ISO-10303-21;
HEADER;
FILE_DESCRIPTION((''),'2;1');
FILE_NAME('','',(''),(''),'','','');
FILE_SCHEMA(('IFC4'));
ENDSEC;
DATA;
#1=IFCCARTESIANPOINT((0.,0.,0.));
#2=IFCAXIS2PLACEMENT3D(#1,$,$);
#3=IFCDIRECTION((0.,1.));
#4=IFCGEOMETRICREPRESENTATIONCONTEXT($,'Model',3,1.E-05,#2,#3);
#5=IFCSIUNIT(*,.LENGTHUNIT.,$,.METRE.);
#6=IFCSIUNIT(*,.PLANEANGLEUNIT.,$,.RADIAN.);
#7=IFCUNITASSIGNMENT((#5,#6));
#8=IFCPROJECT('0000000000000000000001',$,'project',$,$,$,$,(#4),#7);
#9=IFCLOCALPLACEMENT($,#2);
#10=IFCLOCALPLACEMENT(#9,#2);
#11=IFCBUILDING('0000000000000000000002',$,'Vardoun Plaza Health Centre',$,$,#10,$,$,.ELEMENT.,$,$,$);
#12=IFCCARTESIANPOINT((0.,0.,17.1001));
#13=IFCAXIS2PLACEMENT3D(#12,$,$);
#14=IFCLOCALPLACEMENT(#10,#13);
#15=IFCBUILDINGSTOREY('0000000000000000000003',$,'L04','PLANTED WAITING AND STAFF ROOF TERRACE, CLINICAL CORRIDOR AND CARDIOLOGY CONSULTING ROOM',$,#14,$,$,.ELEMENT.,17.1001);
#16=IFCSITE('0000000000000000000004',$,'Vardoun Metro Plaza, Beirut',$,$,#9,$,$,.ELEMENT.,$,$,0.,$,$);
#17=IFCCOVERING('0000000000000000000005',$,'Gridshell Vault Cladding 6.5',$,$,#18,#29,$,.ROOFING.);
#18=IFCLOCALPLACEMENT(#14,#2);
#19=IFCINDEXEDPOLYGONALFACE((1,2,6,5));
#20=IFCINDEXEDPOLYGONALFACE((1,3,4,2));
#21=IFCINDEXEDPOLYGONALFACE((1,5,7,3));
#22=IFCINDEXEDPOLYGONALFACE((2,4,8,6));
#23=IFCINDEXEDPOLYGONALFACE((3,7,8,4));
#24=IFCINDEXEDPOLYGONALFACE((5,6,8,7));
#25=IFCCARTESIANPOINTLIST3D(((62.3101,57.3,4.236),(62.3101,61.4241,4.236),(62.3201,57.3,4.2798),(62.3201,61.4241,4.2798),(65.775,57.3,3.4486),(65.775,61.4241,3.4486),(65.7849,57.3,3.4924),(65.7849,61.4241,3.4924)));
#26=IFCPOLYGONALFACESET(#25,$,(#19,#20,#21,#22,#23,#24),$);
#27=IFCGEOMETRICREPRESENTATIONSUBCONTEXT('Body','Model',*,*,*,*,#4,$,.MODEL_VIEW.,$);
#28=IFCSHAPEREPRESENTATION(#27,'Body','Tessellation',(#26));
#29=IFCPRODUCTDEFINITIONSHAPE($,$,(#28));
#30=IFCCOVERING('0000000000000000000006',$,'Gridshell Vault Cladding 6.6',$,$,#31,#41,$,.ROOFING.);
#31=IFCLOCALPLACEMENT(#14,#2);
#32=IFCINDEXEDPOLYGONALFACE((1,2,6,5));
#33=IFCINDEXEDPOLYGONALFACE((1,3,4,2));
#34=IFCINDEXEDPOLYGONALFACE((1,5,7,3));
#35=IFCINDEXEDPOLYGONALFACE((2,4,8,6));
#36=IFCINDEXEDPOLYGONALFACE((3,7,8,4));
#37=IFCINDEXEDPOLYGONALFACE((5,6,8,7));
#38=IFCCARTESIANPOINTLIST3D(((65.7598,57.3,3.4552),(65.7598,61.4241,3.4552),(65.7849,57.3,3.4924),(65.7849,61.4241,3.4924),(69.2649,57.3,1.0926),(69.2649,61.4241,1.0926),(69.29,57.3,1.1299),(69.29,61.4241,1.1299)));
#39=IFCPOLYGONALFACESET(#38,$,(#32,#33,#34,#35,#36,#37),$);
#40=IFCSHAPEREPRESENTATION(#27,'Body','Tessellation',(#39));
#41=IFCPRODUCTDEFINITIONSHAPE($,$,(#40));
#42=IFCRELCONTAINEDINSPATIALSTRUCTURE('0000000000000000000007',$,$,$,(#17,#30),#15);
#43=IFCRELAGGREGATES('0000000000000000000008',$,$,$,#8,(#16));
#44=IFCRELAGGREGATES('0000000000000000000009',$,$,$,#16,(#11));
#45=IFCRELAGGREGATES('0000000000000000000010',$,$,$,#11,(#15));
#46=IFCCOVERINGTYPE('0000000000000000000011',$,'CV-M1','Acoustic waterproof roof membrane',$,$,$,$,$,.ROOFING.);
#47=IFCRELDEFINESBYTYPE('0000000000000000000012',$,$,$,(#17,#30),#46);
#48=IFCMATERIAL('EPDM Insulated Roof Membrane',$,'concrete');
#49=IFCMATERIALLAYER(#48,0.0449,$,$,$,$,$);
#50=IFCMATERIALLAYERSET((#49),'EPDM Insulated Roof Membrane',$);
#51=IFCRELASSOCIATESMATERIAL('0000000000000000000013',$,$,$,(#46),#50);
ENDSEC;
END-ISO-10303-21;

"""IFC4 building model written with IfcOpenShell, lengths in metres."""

from ifc_helpers import new_model, si_unit, direction, frame, origin, place, context, subcontext, project, spatial, polyline, outline, extrude, material, layer, layer_set, type_object, element, save


model = new_model("IFC4")

# Units and contexts
model_context = context("Model", 3, precision=1e-05, world=origin(), true_north=direction((0.0, 1.0)))
body_context = subcontext(model_context, "Body", "Model", "MODEL_VIEW")
ifc_project = project(units=[si_unit("LENGTHUNIT", "METRE"), si_unit("PLANEANGLEUNIT", "RADIAN")], contexts=[model_context])

# Site, building, storey
site_placement = place(None, origin())
site = spatial("IfcSite", under=ifc_project, at=site_placement, Name="Vardoun Metro Plaza, Beirut", CompositionType="ELEMENT", RefElevation=0.0)
building_placement = place(site_placement, origin())
building = spatial("IfcBuilding", under=site, at=building_placement, Name="Vardoun Plaza Health Centre", CompositionType="ELEMENT")
storey_placement = place(building_placement, frame((0.0, 0.0, 17.1001)))
storey = spatial("IfcBuildingStorey", under=building, at=storey_placement, Name="L04", Description="PLANTED WAITING AND STAFF ROOF TERRACE, CLINICAL CORRIDOR AND CARDIOLOGY CONSULTING ROOM", CompositionType="ELEMENT", Elevation=17.1001)

# Coverings
ifc_material_1 = material(Name="EPDM Insulated Roof Membrane", Category="concrete")
ifc_layer_1 = layer(ifc_material_1, 0.0449)
ifc_layer_set_1 = layer_set([ifc_layer_1], Name="EPDM Insulated Roof Membrane")
covering_type = type_object("IfcCoveringType", Name="CV-M1", Description="Acoustic waterproof roof membrane", PredefinedType="ROOFING", material=ifc_layer_set_1)
covering_1_placement = place(storey_placement, frame((62.3201, 57.3, 4.2798), z_axis=(0.221591, 0.0, 0.97514), x_axis=(0.97514, 0.0, -0.221591)))
element("IfcCovering", 1, at=covering_1_placement, inside=storey, type_object=covering_type, Name="Gridshell Vault Cladding 6.5", PredefinedType="ROOFING", context=body_context, shape_type="SweptSolid", body=[
    extrude(outline(polyline([(0.0, 0.0), (3.5532, 0.0), (3.5532, 4.124), (0.0, 4.124), (0.0, 0.0)])), origin(), (0.0, 0.0, -1.0), 0.0449),
])
covering_2_placement = place(storey_placement, frame((65.7849, 57.3, 3.4924), z_axis=(0.558918, 0.0, 0.829223), x_axis=(0.829223, 0.0, -0.558918)))
element("IfcCovering", 2, at=covering_2_placement, inside=storey, type_object=covering_type, Name="Gridshell Vault Cladding 6.6", PredefinedType="ROOFING", context=body_context, shape_type="SweptSolid", body=[
    extrude(outline(polyline([(0.0, 0.0), (4.227, 0.0), (4.227, 4.124), (0.0, 4.124), (0.0, 0.0)])), origin(), (0.0, 0.0, -1.0), 0.0449),
])

save(model, "model.ifc")
